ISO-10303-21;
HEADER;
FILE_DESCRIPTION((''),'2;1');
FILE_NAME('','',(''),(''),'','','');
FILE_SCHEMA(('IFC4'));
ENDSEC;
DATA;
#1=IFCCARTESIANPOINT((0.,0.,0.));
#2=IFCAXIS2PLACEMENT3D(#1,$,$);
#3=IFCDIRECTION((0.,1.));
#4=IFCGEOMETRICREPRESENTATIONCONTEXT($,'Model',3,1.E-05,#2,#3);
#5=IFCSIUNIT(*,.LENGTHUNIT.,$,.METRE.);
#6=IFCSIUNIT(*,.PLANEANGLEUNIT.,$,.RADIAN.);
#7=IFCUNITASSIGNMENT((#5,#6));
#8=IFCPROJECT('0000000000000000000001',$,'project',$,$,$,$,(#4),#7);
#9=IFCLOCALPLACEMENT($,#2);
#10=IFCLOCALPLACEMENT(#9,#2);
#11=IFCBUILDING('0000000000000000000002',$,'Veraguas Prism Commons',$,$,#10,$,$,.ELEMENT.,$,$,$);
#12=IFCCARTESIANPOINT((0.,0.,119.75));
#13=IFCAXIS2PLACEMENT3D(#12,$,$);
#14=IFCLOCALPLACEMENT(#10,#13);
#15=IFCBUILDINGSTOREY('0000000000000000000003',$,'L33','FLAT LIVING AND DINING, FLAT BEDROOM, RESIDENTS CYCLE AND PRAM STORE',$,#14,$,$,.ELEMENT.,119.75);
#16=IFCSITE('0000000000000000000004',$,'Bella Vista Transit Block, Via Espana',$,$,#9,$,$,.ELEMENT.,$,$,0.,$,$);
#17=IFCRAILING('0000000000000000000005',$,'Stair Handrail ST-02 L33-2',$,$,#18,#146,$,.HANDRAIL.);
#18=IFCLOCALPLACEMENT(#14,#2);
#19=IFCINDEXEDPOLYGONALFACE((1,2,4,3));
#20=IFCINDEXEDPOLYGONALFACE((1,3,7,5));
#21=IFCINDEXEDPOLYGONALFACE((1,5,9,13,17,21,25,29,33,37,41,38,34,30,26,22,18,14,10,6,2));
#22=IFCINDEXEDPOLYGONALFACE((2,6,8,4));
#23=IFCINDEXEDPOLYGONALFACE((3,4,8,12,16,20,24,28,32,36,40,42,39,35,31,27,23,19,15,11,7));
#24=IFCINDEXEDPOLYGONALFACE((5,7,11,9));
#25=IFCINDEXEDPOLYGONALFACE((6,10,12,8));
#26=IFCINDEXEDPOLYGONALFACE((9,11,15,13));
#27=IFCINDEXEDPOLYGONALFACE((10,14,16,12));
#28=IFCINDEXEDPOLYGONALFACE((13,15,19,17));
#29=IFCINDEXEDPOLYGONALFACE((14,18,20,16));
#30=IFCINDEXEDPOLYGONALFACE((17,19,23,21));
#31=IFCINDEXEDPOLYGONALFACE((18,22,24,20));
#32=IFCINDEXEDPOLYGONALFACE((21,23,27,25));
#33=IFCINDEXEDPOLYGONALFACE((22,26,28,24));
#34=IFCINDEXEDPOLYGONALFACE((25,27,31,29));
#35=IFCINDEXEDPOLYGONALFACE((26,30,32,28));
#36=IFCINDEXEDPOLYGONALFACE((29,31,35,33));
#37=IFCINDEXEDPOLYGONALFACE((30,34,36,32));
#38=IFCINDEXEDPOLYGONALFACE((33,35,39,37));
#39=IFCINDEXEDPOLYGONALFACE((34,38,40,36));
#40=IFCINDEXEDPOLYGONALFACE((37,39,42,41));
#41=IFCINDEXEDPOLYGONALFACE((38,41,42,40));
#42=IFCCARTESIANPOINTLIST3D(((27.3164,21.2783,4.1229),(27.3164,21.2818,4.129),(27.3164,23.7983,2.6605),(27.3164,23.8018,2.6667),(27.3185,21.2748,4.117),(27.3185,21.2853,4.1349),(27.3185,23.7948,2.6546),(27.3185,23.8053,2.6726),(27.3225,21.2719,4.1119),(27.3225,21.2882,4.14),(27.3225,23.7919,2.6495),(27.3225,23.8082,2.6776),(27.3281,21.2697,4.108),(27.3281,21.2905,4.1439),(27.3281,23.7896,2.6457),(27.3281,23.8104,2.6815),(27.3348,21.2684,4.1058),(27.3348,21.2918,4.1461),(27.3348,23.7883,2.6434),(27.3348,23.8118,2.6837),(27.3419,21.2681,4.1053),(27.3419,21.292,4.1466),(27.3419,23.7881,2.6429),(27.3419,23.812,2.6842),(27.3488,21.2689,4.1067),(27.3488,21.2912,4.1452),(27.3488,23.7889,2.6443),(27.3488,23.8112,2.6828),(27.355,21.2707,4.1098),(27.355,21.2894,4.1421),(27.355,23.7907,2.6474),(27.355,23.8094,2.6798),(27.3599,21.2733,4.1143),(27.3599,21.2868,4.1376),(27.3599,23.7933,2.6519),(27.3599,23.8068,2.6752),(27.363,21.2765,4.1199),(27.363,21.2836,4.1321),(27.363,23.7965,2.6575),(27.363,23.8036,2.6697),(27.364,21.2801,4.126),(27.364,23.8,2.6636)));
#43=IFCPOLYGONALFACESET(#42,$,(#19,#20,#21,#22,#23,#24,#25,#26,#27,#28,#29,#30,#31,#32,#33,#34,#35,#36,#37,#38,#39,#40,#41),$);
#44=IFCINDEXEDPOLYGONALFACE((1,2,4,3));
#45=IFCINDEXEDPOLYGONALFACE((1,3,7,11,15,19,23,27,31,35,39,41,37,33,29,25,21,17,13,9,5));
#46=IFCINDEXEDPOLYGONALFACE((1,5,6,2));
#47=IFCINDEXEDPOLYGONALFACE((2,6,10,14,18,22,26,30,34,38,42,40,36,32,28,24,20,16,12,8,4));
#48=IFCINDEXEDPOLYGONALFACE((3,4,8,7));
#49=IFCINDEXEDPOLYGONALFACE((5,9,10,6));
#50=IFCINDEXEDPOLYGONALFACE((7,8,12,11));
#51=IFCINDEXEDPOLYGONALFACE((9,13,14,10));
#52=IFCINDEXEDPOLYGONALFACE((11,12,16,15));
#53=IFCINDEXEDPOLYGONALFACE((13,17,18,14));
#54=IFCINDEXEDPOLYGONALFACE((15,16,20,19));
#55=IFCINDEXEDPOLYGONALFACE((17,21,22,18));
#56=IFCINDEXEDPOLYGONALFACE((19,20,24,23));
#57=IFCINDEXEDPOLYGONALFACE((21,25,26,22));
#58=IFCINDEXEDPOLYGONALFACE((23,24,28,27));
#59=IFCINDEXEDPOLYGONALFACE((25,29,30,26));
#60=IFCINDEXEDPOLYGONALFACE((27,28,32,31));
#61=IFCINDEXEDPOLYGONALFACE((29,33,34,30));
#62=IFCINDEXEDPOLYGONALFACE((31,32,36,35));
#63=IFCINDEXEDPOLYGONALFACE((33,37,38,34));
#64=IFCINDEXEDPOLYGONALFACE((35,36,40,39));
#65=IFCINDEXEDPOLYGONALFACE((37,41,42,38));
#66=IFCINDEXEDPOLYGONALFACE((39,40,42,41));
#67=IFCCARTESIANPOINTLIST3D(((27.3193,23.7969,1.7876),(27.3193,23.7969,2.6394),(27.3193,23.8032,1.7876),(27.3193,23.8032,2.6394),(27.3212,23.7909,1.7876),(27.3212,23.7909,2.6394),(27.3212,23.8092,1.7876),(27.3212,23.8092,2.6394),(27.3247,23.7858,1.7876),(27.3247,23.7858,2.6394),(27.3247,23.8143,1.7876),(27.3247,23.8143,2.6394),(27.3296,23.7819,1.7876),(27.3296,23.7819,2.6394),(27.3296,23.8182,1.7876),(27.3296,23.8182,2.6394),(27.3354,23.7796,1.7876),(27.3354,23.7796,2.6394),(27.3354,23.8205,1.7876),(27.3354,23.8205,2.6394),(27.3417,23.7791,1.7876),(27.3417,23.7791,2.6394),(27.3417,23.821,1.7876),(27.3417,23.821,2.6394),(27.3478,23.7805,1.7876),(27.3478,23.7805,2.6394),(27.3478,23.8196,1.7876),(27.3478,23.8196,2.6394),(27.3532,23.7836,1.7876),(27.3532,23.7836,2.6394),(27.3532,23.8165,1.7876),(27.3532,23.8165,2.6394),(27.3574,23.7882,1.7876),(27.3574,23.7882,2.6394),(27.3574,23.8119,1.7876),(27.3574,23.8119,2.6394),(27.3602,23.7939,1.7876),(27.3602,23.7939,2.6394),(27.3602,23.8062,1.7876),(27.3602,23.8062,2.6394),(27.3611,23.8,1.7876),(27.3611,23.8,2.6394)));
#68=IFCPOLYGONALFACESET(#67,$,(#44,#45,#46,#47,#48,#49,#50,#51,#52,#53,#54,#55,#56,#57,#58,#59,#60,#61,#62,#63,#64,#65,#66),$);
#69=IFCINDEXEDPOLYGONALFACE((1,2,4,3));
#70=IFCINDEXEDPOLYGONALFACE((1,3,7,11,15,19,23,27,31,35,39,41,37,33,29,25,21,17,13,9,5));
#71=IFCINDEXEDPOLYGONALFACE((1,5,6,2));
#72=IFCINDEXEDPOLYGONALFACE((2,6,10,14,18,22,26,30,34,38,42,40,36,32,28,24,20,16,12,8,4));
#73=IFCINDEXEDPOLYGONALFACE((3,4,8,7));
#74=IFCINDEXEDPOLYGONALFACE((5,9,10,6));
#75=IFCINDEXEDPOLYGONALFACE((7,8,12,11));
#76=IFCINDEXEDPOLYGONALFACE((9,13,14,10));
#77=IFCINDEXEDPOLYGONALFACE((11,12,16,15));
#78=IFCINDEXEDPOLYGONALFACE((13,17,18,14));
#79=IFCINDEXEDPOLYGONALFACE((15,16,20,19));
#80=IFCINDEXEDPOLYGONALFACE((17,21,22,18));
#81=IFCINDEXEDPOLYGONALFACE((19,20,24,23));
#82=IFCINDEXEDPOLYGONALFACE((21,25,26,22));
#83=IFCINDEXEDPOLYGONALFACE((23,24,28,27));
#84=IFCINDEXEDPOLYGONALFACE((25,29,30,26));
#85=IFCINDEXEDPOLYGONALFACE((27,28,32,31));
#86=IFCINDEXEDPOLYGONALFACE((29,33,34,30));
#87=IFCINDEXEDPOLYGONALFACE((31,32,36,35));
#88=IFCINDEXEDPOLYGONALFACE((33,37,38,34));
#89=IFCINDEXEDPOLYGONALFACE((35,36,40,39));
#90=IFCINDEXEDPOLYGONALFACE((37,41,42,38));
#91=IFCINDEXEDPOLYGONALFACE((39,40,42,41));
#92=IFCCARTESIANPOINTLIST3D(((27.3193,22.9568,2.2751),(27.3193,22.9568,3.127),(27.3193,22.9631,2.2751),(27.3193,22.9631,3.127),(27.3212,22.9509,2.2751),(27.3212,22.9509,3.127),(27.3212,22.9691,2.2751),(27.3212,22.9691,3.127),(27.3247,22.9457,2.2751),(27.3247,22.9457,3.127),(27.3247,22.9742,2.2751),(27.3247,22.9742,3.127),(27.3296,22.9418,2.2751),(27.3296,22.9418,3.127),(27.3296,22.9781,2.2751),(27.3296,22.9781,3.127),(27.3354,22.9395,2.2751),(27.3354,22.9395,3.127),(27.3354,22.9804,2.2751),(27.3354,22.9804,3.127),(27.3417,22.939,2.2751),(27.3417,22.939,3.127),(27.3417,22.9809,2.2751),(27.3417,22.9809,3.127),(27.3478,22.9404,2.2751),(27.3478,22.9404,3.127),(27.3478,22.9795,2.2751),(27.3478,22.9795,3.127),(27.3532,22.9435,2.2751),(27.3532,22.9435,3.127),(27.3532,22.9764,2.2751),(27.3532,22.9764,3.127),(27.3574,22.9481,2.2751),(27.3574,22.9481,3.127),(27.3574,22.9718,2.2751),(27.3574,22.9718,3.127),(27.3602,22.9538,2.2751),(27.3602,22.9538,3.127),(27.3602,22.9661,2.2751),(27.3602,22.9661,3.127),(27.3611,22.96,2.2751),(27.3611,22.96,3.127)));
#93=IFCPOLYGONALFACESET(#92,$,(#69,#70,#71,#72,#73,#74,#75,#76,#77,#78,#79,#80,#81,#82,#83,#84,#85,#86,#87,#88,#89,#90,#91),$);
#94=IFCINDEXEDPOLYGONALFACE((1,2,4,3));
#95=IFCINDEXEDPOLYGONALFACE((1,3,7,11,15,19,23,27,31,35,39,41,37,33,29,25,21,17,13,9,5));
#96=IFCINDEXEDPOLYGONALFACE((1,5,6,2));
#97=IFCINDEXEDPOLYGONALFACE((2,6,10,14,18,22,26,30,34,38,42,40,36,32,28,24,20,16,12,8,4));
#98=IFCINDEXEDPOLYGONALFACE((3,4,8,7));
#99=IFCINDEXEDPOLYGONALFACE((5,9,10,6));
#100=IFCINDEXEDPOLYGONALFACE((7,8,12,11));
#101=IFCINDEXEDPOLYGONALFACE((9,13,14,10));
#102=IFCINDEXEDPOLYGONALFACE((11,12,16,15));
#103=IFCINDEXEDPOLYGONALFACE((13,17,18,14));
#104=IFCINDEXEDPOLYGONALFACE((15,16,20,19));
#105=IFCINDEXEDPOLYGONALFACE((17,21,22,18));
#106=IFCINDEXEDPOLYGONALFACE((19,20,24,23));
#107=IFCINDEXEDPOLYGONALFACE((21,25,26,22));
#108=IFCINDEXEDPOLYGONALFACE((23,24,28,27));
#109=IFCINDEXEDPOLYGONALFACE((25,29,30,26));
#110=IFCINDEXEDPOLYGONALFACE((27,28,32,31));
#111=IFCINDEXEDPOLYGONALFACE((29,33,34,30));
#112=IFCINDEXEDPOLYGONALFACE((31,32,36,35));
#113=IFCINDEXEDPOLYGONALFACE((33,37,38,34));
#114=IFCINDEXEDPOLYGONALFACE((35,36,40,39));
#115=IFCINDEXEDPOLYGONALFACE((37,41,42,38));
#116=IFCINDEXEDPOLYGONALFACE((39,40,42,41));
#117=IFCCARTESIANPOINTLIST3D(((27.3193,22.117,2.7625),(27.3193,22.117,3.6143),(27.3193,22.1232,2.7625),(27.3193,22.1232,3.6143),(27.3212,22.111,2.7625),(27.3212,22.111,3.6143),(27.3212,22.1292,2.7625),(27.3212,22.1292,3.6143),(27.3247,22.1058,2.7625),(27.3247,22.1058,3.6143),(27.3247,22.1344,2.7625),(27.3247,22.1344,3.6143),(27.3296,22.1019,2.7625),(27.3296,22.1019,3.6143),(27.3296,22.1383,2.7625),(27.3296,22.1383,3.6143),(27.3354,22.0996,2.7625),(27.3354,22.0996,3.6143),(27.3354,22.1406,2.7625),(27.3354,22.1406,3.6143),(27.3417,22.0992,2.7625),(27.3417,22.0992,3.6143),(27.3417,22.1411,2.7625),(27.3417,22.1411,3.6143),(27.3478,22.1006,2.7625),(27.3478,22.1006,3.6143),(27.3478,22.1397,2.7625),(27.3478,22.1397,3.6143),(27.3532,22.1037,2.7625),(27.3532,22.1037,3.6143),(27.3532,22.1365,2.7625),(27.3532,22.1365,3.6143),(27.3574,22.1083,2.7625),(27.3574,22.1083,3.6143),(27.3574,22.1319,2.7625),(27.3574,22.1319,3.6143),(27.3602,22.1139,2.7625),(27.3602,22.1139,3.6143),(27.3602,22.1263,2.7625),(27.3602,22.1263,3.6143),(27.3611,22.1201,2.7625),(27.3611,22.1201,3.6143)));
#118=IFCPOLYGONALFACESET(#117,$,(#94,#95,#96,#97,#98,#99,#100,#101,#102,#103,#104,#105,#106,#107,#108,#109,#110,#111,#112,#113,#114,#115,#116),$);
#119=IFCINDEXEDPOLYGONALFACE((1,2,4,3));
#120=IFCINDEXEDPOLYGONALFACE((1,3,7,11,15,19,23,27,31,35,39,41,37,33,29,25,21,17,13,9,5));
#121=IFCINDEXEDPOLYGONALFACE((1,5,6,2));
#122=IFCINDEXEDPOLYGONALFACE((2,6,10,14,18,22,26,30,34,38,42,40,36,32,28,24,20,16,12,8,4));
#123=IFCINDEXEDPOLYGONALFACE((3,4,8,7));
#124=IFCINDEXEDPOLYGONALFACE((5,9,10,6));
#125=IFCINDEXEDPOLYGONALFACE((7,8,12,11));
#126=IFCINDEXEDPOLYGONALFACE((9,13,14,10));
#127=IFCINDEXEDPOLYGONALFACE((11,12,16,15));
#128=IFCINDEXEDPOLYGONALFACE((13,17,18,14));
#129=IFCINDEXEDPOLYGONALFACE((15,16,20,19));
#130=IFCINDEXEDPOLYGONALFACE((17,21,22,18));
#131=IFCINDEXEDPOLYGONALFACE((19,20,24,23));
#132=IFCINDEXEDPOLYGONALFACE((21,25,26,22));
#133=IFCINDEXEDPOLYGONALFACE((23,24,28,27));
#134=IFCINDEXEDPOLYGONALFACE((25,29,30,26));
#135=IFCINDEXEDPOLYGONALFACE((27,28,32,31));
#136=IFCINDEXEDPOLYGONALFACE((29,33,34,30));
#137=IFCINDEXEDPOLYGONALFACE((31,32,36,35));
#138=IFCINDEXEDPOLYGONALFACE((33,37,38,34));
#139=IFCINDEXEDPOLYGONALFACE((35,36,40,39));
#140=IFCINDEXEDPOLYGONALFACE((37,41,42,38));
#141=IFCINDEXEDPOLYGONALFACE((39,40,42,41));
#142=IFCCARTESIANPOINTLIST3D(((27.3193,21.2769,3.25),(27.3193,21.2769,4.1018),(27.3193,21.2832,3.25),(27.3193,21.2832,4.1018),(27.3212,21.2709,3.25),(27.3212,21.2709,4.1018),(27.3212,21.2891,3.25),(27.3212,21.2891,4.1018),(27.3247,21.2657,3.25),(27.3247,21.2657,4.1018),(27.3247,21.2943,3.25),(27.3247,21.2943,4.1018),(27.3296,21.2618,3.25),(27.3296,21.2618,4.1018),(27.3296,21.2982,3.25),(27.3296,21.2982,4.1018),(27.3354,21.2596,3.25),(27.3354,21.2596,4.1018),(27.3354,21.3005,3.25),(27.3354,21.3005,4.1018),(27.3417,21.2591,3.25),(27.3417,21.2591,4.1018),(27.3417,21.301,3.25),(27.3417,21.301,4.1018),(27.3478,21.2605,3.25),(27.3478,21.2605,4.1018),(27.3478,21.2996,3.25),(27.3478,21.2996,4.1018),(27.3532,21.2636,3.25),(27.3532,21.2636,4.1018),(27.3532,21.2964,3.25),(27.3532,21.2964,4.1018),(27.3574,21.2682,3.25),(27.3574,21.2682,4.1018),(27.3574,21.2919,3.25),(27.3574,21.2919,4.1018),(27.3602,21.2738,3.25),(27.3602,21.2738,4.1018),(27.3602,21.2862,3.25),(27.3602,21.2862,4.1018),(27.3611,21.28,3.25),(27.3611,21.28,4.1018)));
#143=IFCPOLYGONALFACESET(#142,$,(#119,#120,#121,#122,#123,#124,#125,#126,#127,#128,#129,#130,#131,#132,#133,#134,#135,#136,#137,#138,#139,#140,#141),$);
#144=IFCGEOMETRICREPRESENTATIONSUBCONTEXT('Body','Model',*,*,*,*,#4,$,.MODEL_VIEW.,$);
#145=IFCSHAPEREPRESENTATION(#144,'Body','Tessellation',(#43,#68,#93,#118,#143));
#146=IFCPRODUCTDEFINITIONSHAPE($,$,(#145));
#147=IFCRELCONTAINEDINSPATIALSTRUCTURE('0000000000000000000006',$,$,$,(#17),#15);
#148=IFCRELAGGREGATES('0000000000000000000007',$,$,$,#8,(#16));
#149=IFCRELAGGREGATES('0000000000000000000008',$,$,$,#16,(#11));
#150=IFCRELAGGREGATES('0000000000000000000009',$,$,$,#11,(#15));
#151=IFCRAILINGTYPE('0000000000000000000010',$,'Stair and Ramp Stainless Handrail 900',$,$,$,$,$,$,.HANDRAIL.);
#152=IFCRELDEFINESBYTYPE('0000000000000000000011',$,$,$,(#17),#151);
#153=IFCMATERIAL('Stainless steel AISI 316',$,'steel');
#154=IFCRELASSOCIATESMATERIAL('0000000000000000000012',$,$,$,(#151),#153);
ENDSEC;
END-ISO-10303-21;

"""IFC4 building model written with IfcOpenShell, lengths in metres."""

from ifc_helpers import new_model, si_unit, direction, frame, origin, origin_2d, place, context, subcontext, project, spatial, circle, extrude, material, type_object, element, save


model = new_model("IFC4")

# Units and contexts
model_context = context("Model", 3, precision=1e-05, world=origin(), true_north=direction((0.0, 1.0)))
body_context = subcontext(model_context, "Body", "Model", "MODEL_VIEW")
ifc_project = project(units=[si_unit("LENGTHUNIT", "METRE"), si_unit("PLANEANGLEUNIT", "RADIAN")], contexts=[model_context])

# Site, building, storey
site_placement = place(None, origin())
site = spatial("IfcSite", under=ifc_project, at=site_placement, Name="Bella Vista Transit Block, Via Espana", CompositionType="ELEMENT", RefElevation=0.0)
building_placement = place(site_placement, origin())
building = spatial("IfcBuilding", under=site, at=building_placement, Name="Veraguas Prism Commons", CompositionType="ELEMENT")
storey_placement = place(building_placement, frame((0.0, 0.0, 119.75)))
storey = spatial("IfcBuildingStorey", under=building, at=storey_placement, Name="L33", Description="FLAT LIVING AND DINING, FLAT BEDROOM, RESIDENTS CYCLE AND PRAM STORE", CompositionType="ELEMENT", Elevation=119.75)

# Shared definitions
ifc_material_1 = material(Name="Stainless steel AISI 316", Category="steel")

# Railing
railing_type_1 = type_object("IfcRailingType", Name="Stair and Ramp Stainless Handrail 900", PredefinedType="HANDRAIL", material=ifc_material_1)
railing_1_placement = place(storey_placement, frame((27.3401, 23.8, 1.7876)))
element("IfcRailing", 1, at=railing_1_placement, inside=storey, type_object=railing_type_1, Name="Stair Handrail ST-02 L33-2", PredefinedType="HANDRAIL", context=body_context, shape_type="SweptSolid", body=[
    extrude(circle(Radius=0.0239, at=origin_2d()), frame((0.0, 0.0, 0.876), z_axis=(0.0, -0.864913, 0.501921), x_axis=(1.0, 0.0, 0.0)), (0.0, 0.0, 1.0), 2.9136),
    extrude(circle(Radius=0.021, at=origin_2d()), origin(), (0.0, 0.0, 1.0), 0.8518),
    extrude(circle(Radius=0.021, at=origin_2d()), frame((0.0, -0.8401, 0.4875)), (0.0, 0.0, 1.0), 0.8518),
    extrude(circle(Radius=0.021, at=origin_2d()), frame((0.0, -1.6799, 0.9749)), (0.0, 0.0, 1.0), 0.8518),
    extrude(circle(Radius=0.021, at=origin_2d()), frame((0.0, -2.52, 1.4624)), (0.0, 0.0, 1.0), 0.8518),
])

save(model, "model.ifc")
